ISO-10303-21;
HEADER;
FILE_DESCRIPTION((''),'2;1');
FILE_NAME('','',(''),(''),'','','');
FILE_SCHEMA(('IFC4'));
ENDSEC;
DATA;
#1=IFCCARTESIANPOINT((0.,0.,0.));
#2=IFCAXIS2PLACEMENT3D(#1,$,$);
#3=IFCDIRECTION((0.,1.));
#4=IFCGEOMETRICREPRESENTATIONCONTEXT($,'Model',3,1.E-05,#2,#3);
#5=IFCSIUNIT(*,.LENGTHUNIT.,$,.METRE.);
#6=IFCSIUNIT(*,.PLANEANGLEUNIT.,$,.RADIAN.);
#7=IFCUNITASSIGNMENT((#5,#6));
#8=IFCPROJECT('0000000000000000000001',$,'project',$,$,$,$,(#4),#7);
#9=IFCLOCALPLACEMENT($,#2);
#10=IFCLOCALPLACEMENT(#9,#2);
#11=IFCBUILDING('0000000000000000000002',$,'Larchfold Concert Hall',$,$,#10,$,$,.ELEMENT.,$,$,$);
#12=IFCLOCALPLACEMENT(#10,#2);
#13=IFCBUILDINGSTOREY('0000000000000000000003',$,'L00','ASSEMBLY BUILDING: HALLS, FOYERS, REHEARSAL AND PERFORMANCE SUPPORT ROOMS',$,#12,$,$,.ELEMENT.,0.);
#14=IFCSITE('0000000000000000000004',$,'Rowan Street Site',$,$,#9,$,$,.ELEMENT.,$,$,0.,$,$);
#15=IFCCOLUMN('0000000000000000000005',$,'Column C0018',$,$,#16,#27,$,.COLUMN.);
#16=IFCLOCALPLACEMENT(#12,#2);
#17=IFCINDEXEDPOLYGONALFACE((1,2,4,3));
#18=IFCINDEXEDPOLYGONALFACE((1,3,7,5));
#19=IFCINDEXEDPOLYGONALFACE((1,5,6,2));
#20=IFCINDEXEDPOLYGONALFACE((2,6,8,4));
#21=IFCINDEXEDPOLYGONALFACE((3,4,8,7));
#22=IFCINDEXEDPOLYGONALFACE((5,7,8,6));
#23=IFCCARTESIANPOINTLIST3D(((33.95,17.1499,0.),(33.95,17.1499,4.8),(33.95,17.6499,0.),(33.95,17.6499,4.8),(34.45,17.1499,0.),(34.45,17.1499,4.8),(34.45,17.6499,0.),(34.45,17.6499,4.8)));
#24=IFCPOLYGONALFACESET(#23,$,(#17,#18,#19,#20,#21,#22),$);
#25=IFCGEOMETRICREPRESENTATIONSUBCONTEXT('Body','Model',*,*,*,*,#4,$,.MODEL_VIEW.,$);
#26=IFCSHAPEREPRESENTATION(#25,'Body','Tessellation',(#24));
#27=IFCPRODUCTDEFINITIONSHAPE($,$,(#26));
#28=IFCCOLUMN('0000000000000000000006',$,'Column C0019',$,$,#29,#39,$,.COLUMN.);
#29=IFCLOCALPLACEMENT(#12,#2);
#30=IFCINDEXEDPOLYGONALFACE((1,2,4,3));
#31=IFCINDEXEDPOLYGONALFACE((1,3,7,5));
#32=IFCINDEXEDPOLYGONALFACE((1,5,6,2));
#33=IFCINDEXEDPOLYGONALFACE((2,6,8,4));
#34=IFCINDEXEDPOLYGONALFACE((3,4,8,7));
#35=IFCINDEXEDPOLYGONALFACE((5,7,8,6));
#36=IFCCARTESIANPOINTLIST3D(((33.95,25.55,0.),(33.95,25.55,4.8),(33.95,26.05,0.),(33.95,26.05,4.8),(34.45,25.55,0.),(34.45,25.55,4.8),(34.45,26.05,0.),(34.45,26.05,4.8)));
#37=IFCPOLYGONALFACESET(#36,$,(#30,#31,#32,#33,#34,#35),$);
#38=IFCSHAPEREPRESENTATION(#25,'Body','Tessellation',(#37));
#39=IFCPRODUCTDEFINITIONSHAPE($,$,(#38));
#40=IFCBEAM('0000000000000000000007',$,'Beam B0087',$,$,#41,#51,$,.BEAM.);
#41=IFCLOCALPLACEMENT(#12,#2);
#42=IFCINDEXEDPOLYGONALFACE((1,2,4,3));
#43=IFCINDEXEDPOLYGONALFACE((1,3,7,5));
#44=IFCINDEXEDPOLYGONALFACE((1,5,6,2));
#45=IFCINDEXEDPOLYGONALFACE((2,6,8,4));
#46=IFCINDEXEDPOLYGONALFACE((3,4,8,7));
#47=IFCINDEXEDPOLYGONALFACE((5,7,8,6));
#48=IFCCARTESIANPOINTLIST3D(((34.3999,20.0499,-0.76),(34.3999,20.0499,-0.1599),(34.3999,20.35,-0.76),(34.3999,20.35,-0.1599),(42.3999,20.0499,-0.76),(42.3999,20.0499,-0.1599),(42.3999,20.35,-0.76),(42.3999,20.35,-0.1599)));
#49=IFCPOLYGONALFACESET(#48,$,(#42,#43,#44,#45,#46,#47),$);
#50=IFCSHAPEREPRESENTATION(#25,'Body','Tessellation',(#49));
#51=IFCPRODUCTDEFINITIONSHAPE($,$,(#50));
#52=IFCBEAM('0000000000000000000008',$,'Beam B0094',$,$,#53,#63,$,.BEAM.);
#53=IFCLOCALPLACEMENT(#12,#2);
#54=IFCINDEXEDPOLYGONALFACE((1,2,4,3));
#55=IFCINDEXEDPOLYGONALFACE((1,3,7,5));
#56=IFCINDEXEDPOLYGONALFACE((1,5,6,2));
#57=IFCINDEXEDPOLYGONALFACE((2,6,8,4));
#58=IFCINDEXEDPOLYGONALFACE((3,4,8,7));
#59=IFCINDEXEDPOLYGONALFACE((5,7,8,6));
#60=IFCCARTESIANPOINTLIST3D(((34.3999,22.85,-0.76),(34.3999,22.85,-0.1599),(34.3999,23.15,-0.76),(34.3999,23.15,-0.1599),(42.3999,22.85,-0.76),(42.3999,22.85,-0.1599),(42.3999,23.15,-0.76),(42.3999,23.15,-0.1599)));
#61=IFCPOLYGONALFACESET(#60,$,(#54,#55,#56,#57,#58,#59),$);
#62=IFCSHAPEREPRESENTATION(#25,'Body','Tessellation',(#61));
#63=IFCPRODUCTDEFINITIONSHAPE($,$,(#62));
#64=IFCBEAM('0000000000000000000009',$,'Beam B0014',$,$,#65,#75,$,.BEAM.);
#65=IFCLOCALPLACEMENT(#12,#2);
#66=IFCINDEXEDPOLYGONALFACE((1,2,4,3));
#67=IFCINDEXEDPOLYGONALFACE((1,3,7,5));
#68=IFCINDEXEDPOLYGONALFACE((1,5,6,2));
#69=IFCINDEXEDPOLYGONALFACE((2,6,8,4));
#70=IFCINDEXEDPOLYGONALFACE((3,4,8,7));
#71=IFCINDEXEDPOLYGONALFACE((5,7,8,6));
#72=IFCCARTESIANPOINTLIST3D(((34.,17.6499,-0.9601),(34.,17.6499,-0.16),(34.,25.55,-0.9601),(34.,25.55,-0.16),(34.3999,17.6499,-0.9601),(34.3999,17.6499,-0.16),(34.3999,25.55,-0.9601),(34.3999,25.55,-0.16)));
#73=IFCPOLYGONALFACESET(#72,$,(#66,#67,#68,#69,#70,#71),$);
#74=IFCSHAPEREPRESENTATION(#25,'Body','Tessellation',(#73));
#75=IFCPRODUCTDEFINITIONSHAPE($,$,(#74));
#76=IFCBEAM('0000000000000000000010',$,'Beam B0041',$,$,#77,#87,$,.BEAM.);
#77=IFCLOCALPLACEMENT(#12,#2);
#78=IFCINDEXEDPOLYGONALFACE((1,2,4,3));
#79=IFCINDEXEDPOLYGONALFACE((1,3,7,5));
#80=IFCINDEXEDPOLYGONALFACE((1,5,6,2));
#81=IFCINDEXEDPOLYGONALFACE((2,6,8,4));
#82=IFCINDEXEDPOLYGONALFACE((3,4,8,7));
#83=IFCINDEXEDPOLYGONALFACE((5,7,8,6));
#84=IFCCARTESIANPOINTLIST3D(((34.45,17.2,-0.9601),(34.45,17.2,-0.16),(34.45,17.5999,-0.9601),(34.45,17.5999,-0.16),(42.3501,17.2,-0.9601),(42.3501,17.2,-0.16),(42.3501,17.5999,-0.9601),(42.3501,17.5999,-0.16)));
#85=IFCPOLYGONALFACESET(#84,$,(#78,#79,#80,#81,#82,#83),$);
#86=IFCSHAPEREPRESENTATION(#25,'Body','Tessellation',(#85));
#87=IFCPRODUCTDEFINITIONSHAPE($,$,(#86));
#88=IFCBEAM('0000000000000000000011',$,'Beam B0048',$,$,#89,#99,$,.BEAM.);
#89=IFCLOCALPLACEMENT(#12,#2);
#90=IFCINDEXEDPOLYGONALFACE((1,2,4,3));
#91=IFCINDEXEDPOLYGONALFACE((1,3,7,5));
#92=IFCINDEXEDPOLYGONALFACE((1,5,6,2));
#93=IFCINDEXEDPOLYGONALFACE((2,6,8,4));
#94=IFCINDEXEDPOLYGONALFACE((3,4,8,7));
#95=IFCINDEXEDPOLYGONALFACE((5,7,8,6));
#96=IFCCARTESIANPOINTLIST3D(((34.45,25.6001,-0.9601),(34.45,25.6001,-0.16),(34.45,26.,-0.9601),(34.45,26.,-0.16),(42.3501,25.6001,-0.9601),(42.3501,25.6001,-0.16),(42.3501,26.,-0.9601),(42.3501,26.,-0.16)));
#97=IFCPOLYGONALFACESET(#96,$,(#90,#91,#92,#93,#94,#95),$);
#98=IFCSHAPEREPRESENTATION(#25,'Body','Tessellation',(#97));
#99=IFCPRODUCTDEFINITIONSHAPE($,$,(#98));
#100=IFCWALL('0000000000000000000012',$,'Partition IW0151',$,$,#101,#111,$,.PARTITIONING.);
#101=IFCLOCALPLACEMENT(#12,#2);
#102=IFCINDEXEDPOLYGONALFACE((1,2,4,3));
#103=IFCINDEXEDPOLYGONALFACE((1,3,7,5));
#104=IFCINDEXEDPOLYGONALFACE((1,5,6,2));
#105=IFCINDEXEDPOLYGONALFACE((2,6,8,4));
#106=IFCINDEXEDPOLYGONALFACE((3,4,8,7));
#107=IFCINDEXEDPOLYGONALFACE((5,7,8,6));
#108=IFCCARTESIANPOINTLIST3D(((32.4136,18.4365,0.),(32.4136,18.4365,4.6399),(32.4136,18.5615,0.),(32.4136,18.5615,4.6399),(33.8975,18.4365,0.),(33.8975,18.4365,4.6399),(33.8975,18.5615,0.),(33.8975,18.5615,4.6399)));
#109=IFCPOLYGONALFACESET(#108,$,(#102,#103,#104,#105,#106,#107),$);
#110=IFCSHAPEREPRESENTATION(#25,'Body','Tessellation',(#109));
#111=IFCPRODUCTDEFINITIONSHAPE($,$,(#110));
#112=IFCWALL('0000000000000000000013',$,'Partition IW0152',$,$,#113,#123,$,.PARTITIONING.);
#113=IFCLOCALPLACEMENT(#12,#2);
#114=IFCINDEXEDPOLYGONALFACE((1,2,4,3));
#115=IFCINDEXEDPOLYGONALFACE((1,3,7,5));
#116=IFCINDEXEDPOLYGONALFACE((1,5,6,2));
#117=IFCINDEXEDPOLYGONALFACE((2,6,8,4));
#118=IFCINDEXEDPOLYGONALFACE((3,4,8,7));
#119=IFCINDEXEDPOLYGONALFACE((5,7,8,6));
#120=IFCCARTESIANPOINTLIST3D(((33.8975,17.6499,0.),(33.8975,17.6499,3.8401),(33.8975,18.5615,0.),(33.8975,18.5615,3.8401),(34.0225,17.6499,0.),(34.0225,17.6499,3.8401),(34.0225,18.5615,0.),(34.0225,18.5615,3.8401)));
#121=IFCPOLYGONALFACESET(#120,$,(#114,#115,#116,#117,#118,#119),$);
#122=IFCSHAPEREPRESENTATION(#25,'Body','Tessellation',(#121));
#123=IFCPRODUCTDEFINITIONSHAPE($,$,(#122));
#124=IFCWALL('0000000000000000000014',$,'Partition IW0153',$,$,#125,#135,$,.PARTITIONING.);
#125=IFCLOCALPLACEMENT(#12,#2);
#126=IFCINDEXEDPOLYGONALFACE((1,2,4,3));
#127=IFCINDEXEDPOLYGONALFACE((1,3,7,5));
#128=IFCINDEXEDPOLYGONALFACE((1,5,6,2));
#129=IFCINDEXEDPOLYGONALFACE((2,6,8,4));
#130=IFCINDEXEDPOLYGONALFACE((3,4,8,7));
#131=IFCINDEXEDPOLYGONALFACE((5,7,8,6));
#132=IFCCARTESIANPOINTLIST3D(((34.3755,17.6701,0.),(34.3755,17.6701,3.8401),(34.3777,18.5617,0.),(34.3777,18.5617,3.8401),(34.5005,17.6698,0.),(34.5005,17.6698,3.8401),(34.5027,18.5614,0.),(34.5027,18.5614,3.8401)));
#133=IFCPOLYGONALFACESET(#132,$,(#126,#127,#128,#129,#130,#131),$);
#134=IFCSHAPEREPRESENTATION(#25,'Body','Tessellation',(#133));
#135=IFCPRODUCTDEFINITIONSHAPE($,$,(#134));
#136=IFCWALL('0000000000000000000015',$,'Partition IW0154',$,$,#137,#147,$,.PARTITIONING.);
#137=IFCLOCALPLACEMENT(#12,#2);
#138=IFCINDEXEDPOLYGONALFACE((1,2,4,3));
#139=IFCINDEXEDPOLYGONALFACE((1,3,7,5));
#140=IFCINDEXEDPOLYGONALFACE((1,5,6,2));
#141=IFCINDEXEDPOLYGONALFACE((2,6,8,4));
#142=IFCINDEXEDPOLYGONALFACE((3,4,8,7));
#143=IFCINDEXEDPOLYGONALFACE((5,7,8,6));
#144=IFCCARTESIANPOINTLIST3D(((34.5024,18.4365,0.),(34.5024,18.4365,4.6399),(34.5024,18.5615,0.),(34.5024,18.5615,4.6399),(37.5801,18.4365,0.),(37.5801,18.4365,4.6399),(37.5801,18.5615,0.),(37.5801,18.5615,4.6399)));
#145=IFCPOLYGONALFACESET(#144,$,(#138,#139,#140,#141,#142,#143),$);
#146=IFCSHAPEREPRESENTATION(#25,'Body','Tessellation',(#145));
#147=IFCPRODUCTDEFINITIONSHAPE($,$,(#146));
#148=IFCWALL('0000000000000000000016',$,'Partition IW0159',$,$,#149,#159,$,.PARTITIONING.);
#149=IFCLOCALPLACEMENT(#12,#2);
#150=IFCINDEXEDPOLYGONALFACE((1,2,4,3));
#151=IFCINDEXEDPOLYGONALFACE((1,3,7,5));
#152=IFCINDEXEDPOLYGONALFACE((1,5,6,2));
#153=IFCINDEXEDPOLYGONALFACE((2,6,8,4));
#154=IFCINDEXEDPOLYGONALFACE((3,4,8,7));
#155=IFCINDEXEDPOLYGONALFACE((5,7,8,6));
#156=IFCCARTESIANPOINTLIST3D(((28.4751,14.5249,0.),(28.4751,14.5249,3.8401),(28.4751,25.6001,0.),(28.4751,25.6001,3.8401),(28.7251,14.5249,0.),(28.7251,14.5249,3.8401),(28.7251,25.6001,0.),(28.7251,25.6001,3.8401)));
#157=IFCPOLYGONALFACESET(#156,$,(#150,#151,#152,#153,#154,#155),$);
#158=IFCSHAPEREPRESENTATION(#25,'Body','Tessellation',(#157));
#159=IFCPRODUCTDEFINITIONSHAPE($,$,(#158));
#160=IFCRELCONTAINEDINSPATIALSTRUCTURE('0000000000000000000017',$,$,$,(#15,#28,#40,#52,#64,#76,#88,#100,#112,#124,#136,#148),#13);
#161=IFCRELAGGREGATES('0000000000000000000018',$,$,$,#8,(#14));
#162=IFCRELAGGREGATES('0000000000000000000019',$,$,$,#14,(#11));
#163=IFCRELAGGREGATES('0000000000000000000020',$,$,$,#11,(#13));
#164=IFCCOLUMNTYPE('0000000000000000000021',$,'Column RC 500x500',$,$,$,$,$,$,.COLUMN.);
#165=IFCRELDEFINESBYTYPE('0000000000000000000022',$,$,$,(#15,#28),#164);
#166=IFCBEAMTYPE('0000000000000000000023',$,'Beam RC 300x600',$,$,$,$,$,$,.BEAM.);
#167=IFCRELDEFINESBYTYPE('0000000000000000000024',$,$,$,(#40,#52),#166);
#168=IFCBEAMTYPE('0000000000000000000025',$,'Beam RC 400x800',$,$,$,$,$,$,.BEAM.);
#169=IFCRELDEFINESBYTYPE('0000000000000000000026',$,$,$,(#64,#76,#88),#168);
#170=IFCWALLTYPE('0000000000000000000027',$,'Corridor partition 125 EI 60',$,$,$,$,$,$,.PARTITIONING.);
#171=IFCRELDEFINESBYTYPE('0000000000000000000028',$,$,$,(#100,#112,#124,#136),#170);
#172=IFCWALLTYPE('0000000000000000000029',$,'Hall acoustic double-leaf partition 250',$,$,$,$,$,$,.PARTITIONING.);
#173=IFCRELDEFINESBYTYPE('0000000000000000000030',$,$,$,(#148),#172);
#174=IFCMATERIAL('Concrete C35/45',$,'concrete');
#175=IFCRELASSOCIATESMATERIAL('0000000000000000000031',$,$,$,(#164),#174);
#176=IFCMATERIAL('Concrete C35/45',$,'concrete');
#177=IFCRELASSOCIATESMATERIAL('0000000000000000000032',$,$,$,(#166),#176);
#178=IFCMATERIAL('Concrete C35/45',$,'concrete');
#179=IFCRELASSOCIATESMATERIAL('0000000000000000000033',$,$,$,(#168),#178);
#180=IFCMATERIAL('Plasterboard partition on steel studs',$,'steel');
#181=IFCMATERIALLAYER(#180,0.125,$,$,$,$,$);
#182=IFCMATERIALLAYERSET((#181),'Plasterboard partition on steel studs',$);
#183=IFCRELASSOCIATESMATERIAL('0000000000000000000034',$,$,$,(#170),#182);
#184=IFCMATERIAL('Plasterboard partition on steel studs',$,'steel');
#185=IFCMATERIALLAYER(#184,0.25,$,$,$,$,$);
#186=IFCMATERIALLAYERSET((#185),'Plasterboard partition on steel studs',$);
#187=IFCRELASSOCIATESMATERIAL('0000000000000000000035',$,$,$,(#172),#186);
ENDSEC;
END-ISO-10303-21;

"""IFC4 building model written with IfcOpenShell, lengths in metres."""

from ifc_helpers import new_model, si_unit, direction, frame, frame_2d, origin, origin_2d, place, context, subcontext, project, spatial, rectangle, extrude, material, layer, layer_set, material_profile, profile_set, type_object, element, save


model = new_model("IFC4")

# Units and contexts
model_context = context("Model", 3, precision=1e-05, world=origin(), true_north=direction((0.0, 1.0)))
body_context = subcontext(model_context, "Body", "Model", "MODEL_VIEW")
ifc_project = project(units=[si_unit("LENGTHUNIT", "METRE"), si_unit("PLANEANGLEUNIT", "RADIAN")], contexts=[model_context])

# Site, building, storey
site_placement = place(None, origin())
site = spatial("IfcSite", under=ifc_project, at=site_placement, Name="Rowan Street Site", CompositionType="ELEMENT", RefElevation=0.0)
building_placement = place(site_placement, origin())
building = spatial("IfcBuilding", under=site, at=building_placement, Name="Larchfold Concert Hall", CompositionType="ELEMENT")
storey_placement = place(building_placement, origin())
storey = spatial("IfcBuildingStorey", under=building, at=storey_placement, Name="L00", Description="ASSEMBLY BUILDING: HALLS, FOYERS, REHEARSAL AND PERFORMANCE SUPPORT ROOMS", CompositionType="ELEMENT", Elevation=0.0)

# Columns
ifc_material_1 = material(Name="Concrete C35/45", Category="concrete")
ifc_material_profile_1 = material_profile(ifc_material_1, rectangle(XDim=0.5, YDim=0.5, at=origin_2d()))
ifc_profile_set_1 = profile_set([ifc_material_profile_1], Name="Concrete C35/45")
column_type = type_object("IfcColumnType", Name="Column RC 500x500", PredefinedType="COLUMN", material=ifc_profile_set_1)
for number, where, z_axis, x_axis, name in (
    (1, (34.2, 17.3999, 0.0), (0.0, 0.0, 1.0), (1.0, 0.0, 0.0), "Column C0018"),
    (2, (34.2, 25.8, 0.0), (0.0, 0.0, 1.0), (1.0, 0.0, 0.0), "Column C0019"),
):
    element("IfcColumn", number, at=place(storey_placement, frame(where, z_axis=z_axis, x_axis=x_axis)), inside=storey, type_object=column_type, Name=name, PredefinedType="COLUMN", context=body_context, shape_type="SweptSolid", body=[
        extrude(rectangle(XDim=0.5, YDim=0.5, at=origin_2d()), origin(), (0.0, 0.0, 1.0), 4.8),
    ])

# Beams
ifc_material_2 = material(Name="Concrete C35/45", Category="concrete")
ifc_material_profile_2 = material_profile(ifc_material_2, rectangle(XDim=0.3, YDim=0.6001, at=origin_2d()))
ifc_profile_set_2 = profile_set([ifc_material_profile_2], Name="Concrete C35/45")
beam_type_1 = type_object("IfcBeamType", Name="Beam RC 300x600", PredefinedType="BEAM", material=ifc_profile_set_2)
for number, where, z_axis, x_axis, name in (
    (3, (34.3999, 20.2, -0.46), (1.0, 0.0, 0.0), (0.0, 1.0, 0.0), "Beam B0087"),
    (4, (34.3999, 23.0, -0.46), (1.0, 0.0, 0.0), (0.0, 1.0, 0.0), "Beam B0094"),
):
    element("IfcBeam", number, at=place(storey_placement, frame(where, z_axis=z_axis, x_axis=x_axis)), inside=storey, type_object=beam_type_1, Name=name, PredefinedType="BEAM", context=body_context, shape_type="SweptSolid", body=[
        extrude(rectangle(XDim=0.3, YDim=0.6001, at=origin_2d()), origin(), (0.0, 0.0, 1.0), 8.0),
    ])
ifc_material_3 = material(Name="Concrete C35/45", Category="concrete")
ifc_material_profile_3 = material_profile(ifc_material_3, rectangle(XDim=0.3999, YDim=0.8, at=origin_2d()))
ifc_profile_set_3 = profile_set([ifc_material_profile_3], Name="Concrete C35/45")
beam_type_2 = type_object("IfcBeamType", Name="Beam RC 400x800", PredefinedType="BEAM", material=ifc_profile_set_3)
for number, where, z_axis, x_axis, name in (
    (5, (34.2, 17.6499, -0.5601), (0.0, 1.0, 0.0), (-1.0, 0.0, 0.0), "Beam B0014"),
    (6, (34.45, 17.3999, -0.5601), (1.0, 0.0, 0.0), (0.0, 1.0, 0.0), "Beam B0041"),
    (7, (34.45, 25.8, -0.5601), (1.0, 0.0, 0.0), (0.0, 1.0, 0.0), "Beam B0048"),
):
    element("IfcBeam", number, at=place(storey_placement, frame(where, z_axis=z_axis, x_axis=x_axis)), inside=storey, type_object=beam_type_2, Name=name, PredefinedType="BEAM", context=body_context, shape_type="SweptSolid", body=[
        extrude(rectangle(XDim=0.3999, YDim=0.8, at=origin_2d()), origin(), (0.0, 0.0, 1.0), 7.9001),
    ])

# Walls
ifc_material_4 = material(Name="Plasterboard partition on steel studs", Category="steel")
ifc_layer_1 = layer(ifc_material_4, 0.125)
ifc_layer_set_1 = layer_set([ifc_layer_1], Name="Plasterboard partition on steel studs")
wall_type_1 = type_object("IfcWallType", Name="Corridor partition 125 EI 60", PredefinedType="PARTITIONING", material=ifc_layer_set_1)
wall_1_placement = place(storey_placement, frame((32.4136, 18.499, 0.0), z_axis=(0.0, 0.0, 1.0), x_axis=(1.0, 0.0, 0.0)))
element("IfcWall", 8, at=wall_1_placement, inside=storey, type_object=wall_type_1, Name="Partition IW0151", PredefinedType="PARTITIONING", context=body_context, shape_type="SweptSolid", body=[
    extrude(rectangle(XDim=1.4839, YDim=0.125, at=frame_2d((0.7419, 0.0))), origin(), (0.0, 0.0, 1.0), 4.6399),
])
wall_2_placement = place(storey_placement, frame((33.96, 18.5615, 0.0), z_axis=(0.0, 0.0, 1.0), x_axis=(0.0, -1.0, 0.0)))
element("IfcWall", 9, at=wall_2_placement, inside=storey, type_object=wall_type_1, Name="Partition IW0152", PredefinedType="PARTITIONING", context=body_context, shape_type="SweptSolid", body=[
    extrude(rectangle(XDim=0.9116, YDim=0.125, at=frame_2d((0.4558, 0.0))), origin(), (0.0, 0.0, 1.0), 3.8401),
])
wall_3_placement = place(storey_placement, frame((34.438, 17.6699, 0.0), z_axis=(0.0, 0.0, 1.0), x_axis=(0.002464, 0.999997, 0.0)))
element("IfcWall", 10, at=wall_3_placement, inside=storey, type_object=wall_type_1, Name="Partition IW0153", PredefinedType="PARTITIONING", context=body_context, shape_type="SweptSolid", body=[
    extrude(rectangle(XDim=0.8916, YDim=0.125, at=frame_2d((0.4458, 0.0))), origin(), (0.0, 0.0, 1.0), 3.8401),
])
wall_4_placement = place(storey_placement, frame((34.5024, 18.499, 0.0), z_axis=(0.0, 0.0, 1.0), x_axis=(1.0, 0.0, 0.0)))
element("IfcWall", 11, at=wall_4_placement, inside=storey, type_object=wall_type_1, Name="Partition IW0154", PredefinedType="PARTITIONING", context=body_context, shape_type="SweptSolid", body=[
    extrude(rectangle(XDim=3.0776, YDim=0.125, at=frame_2d((1.5388, 0.0))), origin(), (0.0, 0.0, 1.0), 4.6399),
])
ifc_material_5 = material(Name="Plasterboard partition on steel studs", Category="steel")
ifc_layer_2 = layer(ifc_material_5, 0.25)
ifc_layer_set_2 = layer_set([ifc_layer_2], Name="Plasterboard partition on steel studs")
wall_type_2 = type_object("IfcWallType", Name="Hall acoustic double-leaf partition 250", PredefinedType="PARTITIONING", material=ifc_layer_set_2)
wall_5_placement = place(storey_placement, frame((28.6001, 25.6001, 0.0), z_axis=(0.0, 0.0, 1.0), x_axis=(0.0, -1.0, 0.0)))
element("IfcWall", 12, at=wall_5_placement, inside=storey, type_object=wall_type_2, Name="Partition IW0159", PredefinedType="PARTITIONING", context=body_context, shape_type="SweptSolid", body=[
    extrude(rectangle(XDim=11.0752, YDim=0.25, at=frame_2d((5.5376, 0.0))), origin(), (0.0, 0.0, 1.0), 3.8401),
])

save(model, "model.ifc")
